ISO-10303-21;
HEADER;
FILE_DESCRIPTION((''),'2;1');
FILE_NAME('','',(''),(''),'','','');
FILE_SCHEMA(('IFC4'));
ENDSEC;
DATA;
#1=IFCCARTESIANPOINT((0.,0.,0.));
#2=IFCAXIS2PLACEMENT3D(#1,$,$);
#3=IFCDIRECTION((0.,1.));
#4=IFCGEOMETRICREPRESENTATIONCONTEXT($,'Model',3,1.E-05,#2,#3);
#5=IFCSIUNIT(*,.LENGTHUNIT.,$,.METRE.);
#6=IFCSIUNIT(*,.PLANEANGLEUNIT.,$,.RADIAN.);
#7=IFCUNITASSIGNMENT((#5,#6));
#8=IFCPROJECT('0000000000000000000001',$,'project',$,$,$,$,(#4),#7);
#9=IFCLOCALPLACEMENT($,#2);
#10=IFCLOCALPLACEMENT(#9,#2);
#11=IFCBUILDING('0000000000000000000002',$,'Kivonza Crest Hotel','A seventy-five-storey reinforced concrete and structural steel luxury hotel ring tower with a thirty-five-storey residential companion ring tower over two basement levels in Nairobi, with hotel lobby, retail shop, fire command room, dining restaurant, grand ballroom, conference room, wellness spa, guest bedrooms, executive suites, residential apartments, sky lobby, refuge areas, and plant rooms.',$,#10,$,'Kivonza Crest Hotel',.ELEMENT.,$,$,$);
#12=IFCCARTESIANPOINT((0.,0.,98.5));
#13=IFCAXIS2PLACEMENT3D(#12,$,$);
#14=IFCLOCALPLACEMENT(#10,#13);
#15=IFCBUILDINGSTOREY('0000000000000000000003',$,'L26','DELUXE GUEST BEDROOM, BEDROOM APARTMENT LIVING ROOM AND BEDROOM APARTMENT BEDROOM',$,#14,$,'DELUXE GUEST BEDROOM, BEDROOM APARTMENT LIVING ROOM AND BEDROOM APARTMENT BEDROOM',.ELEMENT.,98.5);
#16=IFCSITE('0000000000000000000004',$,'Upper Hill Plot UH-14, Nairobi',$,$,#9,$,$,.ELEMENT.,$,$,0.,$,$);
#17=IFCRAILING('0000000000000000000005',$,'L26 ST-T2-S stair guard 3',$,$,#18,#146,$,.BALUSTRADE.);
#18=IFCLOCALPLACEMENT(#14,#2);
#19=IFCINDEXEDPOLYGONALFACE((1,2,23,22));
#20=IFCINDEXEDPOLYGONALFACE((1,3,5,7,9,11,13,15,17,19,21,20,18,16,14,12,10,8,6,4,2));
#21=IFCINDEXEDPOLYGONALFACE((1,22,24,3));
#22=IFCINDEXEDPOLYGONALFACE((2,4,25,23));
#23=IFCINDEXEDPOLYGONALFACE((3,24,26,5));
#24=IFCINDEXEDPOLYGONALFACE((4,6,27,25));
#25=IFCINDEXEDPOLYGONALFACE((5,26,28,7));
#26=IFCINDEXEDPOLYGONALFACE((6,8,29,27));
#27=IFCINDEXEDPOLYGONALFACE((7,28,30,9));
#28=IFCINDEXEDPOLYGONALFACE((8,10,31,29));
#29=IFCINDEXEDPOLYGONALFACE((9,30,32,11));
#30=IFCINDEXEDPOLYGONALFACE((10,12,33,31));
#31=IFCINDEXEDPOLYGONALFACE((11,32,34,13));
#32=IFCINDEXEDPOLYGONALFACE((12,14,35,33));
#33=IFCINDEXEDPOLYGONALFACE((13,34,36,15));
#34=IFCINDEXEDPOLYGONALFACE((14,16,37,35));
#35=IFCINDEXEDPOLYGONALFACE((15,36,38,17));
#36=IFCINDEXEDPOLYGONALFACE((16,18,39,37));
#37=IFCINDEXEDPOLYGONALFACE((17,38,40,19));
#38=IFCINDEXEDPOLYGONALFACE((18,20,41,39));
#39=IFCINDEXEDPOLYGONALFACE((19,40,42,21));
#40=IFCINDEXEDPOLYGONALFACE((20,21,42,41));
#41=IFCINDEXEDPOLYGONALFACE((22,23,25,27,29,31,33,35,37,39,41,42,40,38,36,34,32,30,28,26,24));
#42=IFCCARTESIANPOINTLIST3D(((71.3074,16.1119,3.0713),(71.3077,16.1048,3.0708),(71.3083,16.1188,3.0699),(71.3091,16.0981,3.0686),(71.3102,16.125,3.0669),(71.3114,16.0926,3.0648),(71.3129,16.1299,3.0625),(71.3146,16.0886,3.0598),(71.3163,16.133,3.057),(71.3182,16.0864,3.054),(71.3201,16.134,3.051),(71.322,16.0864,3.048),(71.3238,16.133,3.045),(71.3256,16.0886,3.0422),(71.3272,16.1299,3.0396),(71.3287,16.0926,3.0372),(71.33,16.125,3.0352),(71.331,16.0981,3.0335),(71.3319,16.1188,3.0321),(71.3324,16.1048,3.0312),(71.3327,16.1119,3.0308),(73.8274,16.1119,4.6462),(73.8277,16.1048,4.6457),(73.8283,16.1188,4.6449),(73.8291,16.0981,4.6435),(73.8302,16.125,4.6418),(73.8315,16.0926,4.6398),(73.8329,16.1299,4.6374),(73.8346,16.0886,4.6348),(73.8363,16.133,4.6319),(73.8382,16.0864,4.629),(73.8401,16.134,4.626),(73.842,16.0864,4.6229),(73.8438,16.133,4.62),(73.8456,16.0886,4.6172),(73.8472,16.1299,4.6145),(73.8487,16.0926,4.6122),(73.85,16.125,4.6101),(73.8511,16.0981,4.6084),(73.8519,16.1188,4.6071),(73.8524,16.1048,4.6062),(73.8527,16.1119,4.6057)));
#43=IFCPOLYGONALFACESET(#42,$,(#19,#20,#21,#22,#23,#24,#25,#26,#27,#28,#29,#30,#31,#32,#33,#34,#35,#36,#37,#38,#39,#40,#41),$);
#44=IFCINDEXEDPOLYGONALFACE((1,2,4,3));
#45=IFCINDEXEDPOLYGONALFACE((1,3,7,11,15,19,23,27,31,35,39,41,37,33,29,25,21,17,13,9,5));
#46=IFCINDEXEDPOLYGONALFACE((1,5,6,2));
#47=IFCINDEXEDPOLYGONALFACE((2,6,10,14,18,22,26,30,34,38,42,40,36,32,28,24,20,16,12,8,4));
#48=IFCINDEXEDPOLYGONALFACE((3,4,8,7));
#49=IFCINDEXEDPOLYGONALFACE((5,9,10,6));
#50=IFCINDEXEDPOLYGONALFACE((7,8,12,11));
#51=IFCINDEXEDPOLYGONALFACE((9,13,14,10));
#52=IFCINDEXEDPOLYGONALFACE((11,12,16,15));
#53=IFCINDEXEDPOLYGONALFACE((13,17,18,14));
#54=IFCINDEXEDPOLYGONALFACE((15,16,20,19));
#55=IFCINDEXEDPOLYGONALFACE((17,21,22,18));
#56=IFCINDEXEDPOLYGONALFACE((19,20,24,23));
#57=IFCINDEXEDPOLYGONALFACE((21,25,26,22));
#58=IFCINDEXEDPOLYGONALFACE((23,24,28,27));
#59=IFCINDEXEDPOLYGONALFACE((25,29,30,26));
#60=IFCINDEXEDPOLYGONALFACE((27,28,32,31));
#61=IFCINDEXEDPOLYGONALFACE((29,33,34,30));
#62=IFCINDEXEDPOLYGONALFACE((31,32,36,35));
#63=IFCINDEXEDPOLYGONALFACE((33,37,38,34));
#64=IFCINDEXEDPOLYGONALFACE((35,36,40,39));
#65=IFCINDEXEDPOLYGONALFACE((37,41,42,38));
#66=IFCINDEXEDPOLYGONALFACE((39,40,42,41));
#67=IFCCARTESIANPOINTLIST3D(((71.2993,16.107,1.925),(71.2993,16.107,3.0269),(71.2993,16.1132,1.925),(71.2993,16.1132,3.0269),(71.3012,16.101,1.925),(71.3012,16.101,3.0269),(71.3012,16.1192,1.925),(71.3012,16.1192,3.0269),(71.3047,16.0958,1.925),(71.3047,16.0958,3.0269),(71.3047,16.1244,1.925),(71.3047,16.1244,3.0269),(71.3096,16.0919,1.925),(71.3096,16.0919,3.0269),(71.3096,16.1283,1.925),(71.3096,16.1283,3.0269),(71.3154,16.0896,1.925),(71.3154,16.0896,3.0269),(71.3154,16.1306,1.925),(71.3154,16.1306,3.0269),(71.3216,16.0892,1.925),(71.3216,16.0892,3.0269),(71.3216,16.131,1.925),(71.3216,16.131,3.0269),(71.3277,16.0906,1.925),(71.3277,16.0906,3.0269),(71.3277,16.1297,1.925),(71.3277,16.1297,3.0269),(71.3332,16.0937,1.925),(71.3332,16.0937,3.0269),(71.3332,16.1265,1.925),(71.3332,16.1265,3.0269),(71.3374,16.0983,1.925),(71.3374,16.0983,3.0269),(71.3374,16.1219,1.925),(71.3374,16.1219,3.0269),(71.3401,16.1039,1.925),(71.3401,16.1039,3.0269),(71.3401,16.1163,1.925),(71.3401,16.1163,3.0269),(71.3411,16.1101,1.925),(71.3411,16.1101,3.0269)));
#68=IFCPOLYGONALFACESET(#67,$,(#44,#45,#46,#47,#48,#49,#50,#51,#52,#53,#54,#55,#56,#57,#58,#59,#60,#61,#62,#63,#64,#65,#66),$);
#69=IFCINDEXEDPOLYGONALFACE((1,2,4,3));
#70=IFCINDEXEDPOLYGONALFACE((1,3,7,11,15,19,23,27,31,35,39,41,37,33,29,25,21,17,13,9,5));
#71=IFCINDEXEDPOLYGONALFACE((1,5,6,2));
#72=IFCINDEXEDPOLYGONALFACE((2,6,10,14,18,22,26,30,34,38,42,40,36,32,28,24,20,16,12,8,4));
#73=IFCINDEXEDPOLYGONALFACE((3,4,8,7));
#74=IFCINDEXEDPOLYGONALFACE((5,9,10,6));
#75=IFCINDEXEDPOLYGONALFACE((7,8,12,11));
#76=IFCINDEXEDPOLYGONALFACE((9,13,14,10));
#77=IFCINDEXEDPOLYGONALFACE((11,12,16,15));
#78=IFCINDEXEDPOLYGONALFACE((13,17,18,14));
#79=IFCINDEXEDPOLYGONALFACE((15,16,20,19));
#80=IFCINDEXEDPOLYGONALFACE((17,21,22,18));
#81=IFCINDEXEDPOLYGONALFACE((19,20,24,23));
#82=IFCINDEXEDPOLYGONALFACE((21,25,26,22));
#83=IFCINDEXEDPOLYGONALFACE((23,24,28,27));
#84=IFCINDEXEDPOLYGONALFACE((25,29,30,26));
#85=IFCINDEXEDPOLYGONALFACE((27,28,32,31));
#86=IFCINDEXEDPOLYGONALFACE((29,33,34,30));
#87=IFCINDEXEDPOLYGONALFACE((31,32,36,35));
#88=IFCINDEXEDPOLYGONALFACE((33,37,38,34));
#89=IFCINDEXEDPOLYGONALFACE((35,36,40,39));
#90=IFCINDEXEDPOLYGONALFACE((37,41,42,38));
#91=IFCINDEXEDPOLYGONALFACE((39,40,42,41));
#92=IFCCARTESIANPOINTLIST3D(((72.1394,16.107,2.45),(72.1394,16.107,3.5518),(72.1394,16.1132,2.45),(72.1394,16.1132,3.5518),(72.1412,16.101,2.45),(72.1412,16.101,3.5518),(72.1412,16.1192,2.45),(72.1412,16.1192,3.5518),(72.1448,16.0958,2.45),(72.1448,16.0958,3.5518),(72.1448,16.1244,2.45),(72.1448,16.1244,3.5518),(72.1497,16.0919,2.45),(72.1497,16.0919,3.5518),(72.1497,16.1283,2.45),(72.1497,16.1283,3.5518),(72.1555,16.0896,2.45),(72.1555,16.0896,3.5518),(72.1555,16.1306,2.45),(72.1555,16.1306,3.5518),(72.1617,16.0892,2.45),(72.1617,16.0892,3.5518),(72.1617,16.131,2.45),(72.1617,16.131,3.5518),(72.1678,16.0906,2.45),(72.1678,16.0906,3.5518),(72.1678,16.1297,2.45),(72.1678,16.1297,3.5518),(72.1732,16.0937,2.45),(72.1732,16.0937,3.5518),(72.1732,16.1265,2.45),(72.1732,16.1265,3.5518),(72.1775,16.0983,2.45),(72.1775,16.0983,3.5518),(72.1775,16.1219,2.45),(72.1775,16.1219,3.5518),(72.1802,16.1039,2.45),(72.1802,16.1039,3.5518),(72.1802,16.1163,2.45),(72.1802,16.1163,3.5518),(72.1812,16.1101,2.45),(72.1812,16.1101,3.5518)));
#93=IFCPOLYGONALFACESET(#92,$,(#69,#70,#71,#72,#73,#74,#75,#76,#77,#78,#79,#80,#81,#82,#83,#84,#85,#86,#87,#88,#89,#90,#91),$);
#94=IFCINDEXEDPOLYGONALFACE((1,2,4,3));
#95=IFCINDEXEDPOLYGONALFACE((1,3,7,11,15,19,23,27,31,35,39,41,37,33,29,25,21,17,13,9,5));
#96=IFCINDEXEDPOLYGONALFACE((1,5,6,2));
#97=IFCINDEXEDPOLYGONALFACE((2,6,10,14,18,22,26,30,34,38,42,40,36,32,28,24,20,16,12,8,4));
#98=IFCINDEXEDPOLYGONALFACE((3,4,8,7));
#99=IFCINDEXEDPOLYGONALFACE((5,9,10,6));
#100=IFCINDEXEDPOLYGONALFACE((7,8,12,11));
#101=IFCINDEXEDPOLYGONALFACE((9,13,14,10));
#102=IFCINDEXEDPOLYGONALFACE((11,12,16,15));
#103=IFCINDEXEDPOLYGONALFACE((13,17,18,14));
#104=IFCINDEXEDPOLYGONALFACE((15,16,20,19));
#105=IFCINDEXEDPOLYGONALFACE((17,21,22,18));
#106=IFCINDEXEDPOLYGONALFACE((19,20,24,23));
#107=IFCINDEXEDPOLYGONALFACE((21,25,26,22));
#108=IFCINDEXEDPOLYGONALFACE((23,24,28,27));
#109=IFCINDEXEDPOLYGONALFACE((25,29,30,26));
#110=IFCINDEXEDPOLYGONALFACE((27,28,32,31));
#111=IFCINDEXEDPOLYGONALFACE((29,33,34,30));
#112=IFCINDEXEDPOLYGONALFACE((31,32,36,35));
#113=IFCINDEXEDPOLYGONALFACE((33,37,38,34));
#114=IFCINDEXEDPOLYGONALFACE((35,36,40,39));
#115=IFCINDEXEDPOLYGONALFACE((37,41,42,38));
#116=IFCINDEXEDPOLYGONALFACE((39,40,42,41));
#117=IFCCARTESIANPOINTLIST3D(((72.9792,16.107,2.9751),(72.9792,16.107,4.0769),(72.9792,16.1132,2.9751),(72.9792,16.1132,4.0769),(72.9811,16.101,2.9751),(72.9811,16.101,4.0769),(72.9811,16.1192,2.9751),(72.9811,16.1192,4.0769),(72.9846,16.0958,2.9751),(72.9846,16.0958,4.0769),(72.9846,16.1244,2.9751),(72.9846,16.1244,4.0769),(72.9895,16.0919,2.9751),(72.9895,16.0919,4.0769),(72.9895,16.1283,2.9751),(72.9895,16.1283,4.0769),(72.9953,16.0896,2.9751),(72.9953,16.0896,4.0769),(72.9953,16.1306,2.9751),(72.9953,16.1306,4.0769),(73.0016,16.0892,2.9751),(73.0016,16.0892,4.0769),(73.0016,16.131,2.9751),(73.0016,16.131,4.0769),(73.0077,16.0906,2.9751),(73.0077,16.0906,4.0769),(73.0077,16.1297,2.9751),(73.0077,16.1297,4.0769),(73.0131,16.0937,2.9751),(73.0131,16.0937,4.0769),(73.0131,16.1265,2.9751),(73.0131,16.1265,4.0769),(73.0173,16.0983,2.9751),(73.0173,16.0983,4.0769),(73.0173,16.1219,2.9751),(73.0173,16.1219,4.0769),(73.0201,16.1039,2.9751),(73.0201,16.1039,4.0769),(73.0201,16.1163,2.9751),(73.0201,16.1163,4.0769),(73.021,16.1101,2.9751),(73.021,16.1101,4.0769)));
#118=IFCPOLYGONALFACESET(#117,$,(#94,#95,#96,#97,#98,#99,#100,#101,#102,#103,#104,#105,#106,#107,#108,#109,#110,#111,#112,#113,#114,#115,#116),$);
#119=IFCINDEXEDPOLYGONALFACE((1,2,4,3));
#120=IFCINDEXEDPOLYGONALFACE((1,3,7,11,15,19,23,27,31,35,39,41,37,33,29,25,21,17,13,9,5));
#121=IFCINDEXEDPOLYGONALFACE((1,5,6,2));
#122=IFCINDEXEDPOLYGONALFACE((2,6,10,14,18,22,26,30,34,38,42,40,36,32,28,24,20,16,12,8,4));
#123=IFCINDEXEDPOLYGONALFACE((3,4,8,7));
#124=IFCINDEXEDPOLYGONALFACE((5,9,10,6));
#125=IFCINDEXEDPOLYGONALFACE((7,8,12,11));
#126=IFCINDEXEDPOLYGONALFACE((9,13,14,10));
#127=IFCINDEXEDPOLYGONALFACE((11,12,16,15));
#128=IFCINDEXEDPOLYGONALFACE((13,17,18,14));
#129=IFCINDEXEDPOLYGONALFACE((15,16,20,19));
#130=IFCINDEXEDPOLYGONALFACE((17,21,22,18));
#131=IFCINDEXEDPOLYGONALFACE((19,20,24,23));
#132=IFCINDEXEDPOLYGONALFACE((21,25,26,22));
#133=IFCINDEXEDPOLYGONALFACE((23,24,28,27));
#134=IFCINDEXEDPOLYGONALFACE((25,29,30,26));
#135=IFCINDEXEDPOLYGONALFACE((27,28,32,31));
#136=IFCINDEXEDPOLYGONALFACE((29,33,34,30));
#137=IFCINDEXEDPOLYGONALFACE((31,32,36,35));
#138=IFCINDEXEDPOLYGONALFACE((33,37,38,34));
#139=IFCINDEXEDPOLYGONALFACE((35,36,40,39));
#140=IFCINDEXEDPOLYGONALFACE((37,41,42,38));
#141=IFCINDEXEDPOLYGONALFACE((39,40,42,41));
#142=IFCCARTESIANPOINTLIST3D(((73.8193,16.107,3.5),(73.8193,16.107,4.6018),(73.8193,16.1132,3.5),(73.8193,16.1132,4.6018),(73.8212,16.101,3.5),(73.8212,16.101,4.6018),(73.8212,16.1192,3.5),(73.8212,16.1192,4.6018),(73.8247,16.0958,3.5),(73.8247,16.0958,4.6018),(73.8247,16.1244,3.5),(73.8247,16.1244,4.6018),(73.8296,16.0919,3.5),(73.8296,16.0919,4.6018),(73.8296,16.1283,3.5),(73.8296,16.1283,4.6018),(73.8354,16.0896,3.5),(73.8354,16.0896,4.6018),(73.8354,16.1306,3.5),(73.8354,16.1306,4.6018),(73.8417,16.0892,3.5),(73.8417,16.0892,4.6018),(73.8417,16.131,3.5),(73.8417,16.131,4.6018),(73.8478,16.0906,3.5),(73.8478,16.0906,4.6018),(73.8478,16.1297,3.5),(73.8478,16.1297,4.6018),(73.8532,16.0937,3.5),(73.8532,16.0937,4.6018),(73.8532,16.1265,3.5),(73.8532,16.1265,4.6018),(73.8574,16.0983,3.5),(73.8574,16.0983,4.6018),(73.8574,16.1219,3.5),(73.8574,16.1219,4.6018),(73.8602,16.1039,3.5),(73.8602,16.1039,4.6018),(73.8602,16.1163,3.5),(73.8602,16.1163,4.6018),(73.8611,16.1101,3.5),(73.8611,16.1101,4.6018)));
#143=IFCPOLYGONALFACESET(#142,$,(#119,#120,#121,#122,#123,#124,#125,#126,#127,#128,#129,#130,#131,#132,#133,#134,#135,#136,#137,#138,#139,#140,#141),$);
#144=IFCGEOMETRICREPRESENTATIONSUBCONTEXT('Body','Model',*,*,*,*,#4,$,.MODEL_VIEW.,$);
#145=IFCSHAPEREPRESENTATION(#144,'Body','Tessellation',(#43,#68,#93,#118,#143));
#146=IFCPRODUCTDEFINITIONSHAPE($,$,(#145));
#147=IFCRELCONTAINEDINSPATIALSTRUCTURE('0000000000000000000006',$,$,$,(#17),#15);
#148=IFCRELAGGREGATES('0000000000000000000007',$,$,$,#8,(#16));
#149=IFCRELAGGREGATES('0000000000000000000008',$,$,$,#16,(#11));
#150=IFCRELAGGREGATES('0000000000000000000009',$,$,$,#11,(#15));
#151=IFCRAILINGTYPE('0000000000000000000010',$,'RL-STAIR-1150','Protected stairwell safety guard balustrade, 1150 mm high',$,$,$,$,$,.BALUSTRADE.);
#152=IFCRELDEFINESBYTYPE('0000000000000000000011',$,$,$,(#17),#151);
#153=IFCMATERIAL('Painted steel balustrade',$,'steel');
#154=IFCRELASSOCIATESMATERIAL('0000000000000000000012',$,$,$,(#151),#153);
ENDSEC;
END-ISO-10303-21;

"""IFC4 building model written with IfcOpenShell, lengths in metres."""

from ifc_helpers import new_model, si_unit, direction, frame, origin, origin_2d, place, context, subcontext, project, spatial, circle, extrude, material, type_object, element, save


model = new_model("IFC4")

# Units and contexts
model_context = context("Model", 3, precision=1e-05, world=origin(), true_north=direction((0.0, 1.0)))
body_context = subcontext(model_context, "Body", "Model", "MODEL_VIEW")
ifc_project = project(units=[si_unit("LENGTHUNIT", "METRE"), si_unit("PLANEANGLEUNIT", "RADIAN")], contexts=[model_context])

# Site, building, storey
site_placement = place(None, origin())
site = spatial("IfcSite", under=ifc_project, at=site_placement, Name="Upper Hill Plot UH-14, Nairobi", CompositionType="ELEMENT", RefElevation=0.0)
building_placement = place(site_placement, origin())
building = spatial("IfcBuilding", under=site, at=building_placement, Name="Kivonza Crest Hotel", Description="A seventy-five-storey reinforced concrete and structural steel luxury hotel ring tower with a thirty-five-storey residential companion ring tower over two basement levels in Nairobi, with hotel lobby, retail shop, fire command room, dining restaurant, grand ballroom, conference room, wellness spa, guest bedrooms, executive suites, residential apartments, sky lobby, refuge areas, and plant rooms.", LongName="Kivonza Crest Hotel", CompositionType="ELEMENT")
storey_placement = place(building_placement, frame((0.0, 0.0, 98.5)))
storey = spatial("IfcBuildingStorey", under=building, at=storey_placement, Name="L26", Description="DELUXE GUEST BEDROOM, BEDROOM APARTMENT LIVING ROOM AND BEDROOM APARTMENT BEDROOM", LongName="DELUXE GUEST BEDROOM, BEDROOM APARTMENT LIVING ROOM AND BEDROOM APARTMENT BEDROOM", CompositionType="ELEMENT", Elevation=98.5)

# Railing
ifc_material_1 = material(Name="Painted steel balustrade", Category="steel")
railing_type_1 = type_object("IfcRailingType", Name="RL-STAIR-1150", Description="Protected stairwell safety guard balustrade, 1150 mm high", PredefinedType="BALUSTRADE", material=ifc_material_1)
railing_1_placement = place(storey_placement, frame((71.3201, 16.1101, 1.925)))
element("IfcRailing", 1, at=railing_1_placement, inside=storey, type_object=railing_type_1, Name="L26 ST-T2-S stair guard 3", PredefinedType="BALUSTRADE", context=body_context, shape_type="SweptSolid", body=[
    extrude(circle(Radius=0.0239, at=origin_2d()), frame((0.0, 0.0, 1.126), z_axis=(0.848008, 0.0, 0.529984), x_axis=(0.0, 1.0, 0.0)), (0.0, 0.0, 1.0), 2.9717),
    extrude(circle(Radius=0.021, at=origin_2d()), origin(), (0.0, 0.0, 1.0), 1.1018),
    extrude(circle(Radius=0.021, at=origin_2d()), frame((0.8401, 0.0, 0.5249)), (0.0, 0.0, 1.0), 1.1018),
    extrude(circle(Radius=0.021, at=origin_2d()), frame((1.6799, 0.0, 1.05)), (0.0, 0.0, 1.0), 1.1018),
    extrude(circle(Radius=0.021, at=origin_2d()), frame((2.52, 0.0, 1.575)), (0.0, 0.0, 1.0), 1.1018),
])

save(model, "model.ifc")
